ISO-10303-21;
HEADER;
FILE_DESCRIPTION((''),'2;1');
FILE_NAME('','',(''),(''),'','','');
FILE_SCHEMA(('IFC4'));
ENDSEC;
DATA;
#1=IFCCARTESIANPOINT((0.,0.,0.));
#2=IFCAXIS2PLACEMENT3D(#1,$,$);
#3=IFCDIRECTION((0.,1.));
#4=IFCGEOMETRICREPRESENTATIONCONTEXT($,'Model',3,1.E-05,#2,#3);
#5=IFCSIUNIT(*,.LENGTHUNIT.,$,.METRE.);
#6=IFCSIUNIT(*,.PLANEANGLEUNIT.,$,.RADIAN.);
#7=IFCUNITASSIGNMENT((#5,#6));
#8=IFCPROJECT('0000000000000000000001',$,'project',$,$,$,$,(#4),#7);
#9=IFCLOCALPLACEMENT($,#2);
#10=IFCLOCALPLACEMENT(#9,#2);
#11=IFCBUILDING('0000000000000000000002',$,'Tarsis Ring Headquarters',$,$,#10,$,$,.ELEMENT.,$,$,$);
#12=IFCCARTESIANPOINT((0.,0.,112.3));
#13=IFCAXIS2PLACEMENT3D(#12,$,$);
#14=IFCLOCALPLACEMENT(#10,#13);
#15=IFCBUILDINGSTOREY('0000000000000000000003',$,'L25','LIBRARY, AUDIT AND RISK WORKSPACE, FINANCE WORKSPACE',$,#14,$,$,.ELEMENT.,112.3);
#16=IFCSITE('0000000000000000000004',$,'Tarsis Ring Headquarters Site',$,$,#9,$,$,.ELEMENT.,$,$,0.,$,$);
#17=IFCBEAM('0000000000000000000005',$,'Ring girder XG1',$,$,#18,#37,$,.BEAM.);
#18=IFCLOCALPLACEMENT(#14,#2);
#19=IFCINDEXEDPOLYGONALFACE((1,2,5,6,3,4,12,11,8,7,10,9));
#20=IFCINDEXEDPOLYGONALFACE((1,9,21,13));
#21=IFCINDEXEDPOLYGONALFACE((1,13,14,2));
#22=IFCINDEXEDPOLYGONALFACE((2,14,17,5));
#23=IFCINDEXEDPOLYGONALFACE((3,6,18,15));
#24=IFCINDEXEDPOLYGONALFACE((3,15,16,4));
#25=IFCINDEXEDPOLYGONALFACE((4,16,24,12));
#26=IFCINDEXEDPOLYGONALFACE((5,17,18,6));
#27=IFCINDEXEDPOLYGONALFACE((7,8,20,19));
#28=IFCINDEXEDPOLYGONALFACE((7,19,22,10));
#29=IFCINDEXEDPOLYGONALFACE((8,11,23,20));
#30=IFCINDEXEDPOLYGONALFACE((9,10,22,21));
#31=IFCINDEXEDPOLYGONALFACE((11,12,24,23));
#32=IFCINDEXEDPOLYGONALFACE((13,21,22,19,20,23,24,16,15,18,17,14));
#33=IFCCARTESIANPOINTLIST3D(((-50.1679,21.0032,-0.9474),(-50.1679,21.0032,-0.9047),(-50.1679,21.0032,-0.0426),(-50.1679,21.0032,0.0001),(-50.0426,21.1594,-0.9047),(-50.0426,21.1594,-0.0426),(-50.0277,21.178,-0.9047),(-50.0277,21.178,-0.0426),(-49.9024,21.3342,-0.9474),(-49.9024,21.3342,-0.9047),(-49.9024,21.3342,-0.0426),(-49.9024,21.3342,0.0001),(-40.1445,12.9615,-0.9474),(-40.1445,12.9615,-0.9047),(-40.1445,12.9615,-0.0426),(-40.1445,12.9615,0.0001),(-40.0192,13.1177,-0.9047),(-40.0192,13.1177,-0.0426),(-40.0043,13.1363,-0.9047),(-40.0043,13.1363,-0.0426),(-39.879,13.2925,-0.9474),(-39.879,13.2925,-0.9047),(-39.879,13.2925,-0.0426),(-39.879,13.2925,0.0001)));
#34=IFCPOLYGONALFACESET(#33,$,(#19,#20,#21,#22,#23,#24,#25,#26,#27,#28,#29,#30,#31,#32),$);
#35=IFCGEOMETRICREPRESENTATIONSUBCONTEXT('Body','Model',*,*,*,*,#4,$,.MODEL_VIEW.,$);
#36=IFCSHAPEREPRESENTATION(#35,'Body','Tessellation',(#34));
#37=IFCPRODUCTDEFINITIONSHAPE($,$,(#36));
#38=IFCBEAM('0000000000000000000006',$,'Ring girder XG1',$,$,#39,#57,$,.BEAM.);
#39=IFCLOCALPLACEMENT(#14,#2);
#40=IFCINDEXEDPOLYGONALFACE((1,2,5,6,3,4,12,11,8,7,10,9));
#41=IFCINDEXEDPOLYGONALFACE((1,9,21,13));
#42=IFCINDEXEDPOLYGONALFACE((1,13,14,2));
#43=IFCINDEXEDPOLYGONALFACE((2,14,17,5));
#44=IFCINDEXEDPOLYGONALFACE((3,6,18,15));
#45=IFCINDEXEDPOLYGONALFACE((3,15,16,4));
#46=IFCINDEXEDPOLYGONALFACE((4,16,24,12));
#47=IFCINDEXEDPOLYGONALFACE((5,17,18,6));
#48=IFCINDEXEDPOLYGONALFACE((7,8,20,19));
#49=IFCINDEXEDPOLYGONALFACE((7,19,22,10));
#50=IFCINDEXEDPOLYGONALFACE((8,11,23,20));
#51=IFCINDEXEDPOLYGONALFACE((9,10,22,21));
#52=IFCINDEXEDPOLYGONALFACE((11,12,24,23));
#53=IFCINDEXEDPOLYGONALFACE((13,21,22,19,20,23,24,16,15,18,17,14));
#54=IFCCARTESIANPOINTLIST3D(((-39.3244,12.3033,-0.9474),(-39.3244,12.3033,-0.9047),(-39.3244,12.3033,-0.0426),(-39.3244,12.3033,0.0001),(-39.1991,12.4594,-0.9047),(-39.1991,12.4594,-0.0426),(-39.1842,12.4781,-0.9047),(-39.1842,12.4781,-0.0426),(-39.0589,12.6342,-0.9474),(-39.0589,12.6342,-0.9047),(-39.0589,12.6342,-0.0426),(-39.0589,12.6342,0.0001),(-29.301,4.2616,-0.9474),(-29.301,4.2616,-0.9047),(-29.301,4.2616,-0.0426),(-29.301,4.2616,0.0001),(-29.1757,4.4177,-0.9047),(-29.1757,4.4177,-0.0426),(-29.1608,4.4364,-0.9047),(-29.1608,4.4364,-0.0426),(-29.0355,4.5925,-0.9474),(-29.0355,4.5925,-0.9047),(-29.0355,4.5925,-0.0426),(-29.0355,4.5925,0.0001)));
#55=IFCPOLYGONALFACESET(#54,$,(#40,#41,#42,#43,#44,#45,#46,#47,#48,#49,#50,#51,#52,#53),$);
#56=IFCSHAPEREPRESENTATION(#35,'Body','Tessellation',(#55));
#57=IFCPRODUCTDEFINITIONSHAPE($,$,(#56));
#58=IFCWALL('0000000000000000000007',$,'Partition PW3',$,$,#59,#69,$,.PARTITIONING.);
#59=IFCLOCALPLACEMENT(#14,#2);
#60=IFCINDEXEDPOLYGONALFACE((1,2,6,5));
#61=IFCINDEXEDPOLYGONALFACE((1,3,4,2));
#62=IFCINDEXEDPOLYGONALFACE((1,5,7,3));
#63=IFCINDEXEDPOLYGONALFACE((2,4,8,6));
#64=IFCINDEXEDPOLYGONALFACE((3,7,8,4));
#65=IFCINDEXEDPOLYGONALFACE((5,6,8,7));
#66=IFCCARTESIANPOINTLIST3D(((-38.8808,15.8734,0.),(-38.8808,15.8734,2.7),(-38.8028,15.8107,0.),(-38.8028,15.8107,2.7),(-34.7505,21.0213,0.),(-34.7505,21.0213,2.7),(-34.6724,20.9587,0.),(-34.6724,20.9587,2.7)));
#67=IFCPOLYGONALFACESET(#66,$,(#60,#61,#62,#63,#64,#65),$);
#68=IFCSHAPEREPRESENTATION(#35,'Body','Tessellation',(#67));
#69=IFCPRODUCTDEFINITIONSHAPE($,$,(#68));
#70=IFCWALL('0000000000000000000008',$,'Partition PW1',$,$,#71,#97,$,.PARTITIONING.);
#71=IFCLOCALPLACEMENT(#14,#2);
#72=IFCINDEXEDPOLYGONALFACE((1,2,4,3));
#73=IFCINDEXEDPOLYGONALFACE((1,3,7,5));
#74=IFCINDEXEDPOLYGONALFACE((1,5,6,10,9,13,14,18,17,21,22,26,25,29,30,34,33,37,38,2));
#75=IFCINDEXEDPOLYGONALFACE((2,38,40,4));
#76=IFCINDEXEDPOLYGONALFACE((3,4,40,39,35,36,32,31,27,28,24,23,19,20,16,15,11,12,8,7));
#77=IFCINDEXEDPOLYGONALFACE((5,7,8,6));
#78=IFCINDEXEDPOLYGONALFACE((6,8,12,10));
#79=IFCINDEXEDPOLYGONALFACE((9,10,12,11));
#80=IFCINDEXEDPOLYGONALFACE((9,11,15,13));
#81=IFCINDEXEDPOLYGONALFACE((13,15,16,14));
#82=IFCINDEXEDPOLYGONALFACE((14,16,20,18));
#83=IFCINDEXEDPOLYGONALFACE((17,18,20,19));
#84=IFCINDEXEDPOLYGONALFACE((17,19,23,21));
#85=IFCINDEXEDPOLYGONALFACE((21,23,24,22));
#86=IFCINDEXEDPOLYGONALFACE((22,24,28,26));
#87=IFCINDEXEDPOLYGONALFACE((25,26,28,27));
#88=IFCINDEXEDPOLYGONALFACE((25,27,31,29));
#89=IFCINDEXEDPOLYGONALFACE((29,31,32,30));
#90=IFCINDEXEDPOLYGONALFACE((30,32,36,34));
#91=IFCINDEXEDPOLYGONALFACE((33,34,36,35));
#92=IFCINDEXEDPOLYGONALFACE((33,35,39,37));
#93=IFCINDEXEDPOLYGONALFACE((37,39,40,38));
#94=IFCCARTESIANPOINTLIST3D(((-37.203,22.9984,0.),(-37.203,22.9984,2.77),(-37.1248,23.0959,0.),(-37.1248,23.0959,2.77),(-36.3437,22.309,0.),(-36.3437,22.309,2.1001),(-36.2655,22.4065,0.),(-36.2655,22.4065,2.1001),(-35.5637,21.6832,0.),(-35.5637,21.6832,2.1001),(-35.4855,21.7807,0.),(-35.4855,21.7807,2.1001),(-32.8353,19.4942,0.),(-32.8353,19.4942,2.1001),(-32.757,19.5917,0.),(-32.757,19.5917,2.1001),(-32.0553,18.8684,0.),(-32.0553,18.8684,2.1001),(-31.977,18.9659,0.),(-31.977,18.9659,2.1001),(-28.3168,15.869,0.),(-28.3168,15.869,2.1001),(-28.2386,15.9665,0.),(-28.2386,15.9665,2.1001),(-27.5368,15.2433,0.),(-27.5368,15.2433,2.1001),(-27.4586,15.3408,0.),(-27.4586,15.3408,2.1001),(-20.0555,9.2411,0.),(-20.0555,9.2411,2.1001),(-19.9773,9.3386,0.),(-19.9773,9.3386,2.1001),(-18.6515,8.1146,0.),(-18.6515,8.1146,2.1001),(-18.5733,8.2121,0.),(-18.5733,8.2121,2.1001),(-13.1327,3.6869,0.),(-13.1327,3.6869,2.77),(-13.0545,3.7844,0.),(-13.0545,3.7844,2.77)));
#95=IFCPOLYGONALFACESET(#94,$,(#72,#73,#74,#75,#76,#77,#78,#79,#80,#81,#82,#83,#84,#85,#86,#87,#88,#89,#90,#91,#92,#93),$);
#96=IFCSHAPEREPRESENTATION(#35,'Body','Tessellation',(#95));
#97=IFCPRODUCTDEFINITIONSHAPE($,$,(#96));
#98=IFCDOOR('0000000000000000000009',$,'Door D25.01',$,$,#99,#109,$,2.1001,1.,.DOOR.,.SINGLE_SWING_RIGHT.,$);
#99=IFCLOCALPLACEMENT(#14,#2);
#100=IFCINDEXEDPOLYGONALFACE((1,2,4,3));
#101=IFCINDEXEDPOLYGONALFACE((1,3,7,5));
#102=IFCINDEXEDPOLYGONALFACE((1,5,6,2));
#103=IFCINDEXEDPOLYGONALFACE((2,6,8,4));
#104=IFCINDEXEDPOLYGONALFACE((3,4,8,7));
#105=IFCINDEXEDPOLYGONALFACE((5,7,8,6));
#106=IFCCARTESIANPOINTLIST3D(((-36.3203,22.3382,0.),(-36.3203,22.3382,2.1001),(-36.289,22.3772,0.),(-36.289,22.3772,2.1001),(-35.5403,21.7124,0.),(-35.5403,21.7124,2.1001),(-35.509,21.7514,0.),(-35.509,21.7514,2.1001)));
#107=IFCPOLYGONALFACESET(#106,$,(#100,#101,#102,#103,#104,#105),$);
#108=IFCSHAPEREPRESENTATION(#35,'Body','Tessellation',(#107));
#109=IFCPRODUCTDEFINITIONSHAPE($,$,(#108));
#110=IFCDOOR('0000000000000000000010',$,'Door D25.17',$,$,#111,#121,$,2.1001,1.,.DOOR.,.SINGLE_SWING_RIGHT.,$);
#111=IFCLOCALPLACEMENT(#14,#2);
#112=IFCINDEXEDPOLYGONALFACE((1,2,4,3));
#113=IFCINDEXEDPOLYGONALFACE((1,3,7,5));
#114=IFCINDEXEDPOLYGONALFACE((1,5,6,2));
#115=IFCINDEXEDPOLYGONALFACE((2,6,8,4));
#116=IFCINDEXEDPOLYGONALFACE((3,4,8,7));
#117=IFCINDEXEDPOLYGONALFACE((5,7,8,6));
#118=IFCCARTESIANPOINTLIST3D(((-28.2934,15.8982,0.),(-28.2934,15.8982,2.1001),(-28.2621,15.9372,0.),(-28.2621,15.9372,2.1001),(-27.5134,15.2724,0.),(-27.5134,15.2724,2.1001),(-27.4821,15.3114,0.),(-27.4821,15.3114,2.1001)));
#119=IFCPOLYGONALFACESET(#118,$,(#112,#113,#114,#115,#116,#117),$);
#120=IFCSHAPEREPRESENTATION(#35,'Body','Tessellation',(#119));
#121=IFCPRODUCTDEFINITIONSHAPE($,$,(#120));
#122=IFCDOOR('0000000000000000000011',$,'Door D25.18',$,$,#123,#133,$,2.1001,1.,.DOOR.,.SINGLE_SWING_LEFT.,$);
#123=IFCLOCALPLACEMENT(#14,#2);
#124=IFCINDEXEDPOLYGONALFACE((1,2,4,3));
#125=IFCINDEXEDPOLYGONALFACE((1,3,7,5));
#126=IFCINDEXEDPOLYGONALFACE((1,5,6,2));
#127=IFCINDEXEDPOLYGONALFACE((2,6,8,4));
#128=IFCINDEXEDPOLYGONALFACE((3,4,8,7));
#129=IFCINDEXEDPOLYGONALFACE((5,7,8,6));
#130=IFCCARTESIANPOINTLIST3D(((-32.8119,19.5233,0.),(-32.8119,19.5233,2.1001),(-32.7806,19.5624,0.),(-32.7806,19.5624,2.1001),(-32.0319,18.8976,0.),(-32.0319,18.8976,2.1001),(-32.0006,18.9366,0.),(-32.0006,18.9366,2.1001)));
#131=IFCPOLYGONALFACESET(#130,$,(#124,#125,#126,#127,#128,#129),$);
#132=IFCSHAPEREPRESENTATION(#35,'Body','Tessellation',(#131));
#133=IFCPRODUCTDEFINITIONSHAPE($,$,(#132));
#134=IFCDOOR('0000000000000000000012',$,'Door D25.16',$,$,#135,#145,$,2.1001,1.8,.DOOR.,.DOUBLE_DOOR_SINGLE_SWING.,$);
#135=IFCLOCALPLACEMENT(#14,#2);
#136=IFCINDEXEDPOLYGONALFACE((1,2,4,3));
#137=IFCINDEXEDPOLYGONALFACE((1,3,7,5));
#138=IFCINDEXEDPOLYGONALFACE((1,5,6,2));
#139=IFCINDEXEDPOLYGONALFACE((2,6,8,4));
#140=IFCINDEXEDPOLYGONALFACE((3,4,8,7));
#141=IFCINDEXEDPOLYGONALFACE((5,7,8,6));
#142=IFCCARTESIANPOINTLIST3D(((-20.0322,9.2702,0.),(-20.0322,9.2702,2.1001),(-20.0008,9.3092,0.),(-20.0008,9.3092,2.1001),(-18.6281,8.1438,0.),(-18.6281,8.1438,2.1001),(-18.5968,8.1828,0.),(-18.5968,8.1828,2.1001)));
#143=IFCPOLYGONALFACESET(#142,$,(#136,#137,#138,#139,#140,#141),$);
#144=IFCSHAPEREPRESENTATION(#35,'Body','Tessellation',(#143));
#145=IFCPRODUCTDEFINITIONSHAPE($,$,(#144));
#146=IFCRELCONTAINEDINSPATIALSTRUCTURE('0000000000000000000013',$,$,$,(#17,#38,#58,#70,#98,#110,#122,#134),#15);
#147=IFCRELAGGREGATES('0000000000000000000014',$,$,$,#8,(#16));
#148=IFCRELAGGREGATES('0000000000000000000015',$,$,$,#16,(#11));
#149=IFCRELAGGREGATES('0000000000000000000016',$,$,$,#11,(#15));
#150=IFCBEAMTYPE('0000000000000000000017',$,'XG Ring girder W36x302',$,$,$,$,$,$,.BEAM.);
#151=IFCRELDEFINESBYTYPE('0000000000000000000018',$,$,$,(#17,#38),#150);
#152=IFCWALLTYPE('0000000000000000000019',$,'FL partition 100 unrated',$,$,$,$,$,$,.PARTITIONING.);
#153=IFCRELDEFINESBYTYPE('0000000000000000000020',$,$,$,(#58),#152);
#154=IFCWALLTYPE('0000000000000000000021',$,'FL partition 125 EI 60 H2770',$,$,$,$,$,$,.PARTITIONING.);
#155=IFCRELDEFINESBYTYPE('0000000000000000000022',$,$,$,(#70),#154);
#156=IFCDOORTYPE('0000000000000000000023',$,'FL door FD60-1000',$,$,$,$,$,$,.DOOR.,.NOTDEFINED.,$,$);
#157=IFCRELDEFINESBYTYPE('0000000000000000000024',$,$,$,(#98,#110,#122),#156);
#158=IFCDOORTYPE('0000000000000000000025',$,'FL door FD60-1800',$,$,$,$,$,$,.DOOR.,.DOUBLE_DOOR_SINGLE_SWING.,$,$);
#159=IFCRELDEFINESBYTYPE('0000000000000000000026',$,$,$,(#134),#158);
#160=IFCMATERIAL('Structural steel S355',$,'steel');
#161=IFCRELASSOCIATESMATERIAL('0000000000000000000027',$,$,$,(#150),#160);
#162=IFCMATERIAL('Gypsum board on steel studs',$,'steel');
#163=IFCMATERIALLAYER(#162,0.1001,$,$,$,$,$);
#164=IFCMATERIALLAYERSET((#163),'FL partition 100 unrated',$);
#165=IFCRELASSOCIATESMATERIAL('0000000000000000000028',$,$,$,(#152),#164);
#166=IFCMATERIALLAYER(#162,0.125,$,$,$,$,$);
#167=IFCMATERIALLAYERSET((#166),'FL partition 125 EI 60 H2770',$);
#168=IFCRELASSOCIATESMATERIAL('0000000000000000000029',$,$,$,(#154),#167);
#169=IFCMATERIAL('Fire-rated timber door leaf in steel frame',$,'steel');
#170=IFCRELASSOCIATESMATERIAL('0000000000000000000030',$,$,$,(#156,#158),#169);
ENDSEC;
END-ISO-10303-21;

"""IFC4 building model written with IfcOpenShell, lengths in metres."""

from ifc_helpers import new_model, si_unit, direction, frame, frame_2d, origin, origin_2d, place, context, subcontext, project, spatial, rectangle, i_section, extrude, material, layer, layer_set, material_profile, profile_set, type_object, element, fill, save


model = new_model("IFC4")

# Units and contexts
model_context = context("Model", 3, precision=1e-05, world=origin(), true_north=direction((0.0, 1.0)))
body_context = subcontext(model_context, "Body", "Model", "MODEL_VIEW")
ifc_project = project(units=[si_unit("LENGTHUNIT", "METRE"), si_unit("PLANEANGLEUNIT", "RADIAN")], contexts=[model_context])

# Site, building, storey
site_placement = place(None, origin())
site = spatial("IfcSite", under=ifc_project, at=site_placement, Name="Tarsis Ring Headquarters Site", CompositionType="ELEMENT", RefElevation=0.0)
building_placement = place(site_placement, origin())
building = spatial("IfcBuilding", under=site, at=building_placement, Name="Tarsis Ring Headquarters", CompositionType="ELEMENT")
storey_placement = place(building_placement, frame((0.0, 0.0, 112.3)))
storey = spatial("IfcBuildingStorey", under=building, at=storey_placement, Name="L25", Description="LIBRARY, AUDIT AND RISK WORKSPACE, FINANCE WORKSPACE", CompositionType="ELEMENT", Elevation=112.3)

# Shared definitions
ifc_material_1 = material(Name="Structural steel S355", Category="steel")

# Beams
ifc_material_profile_1 = material_profile(ifc_material_1, i_section(OverallWidth=0.4243, OverallDepth=0.9475, WebThickness=0.0239, FlangeThickness=0.0427, at=origin_2d()), Name="W36x302")
ifc_profile_set_1 = profile_set([ifc_material_profile_1], Name="Structural steel S355")
beam_type = type_object("IfcBeamType", Name="XG Ring girder W36x302", PredefinedType="BEAM", material=ifc_profile_set_1)
for number, where, z_axis, x_axis, name in (
    (1, (-50.0352, 21.1687, -0.4736), (0.779995, -0.625786, 0.0), (0.625786, 0.779995, 0.0), "Ring girder XG1"),
    (2, (-39.1917, 12.4688, -0.4736), (0.779995, -0.625786, 0.0), (0.625786, 0.779995, 0.0), "Ring girder XG1"),
):
    element("IfcBeam", number, at=place(storey_placement, frame(where, z_axis=z_axis, x_axis=x_axis)), inside=storey, type_object=beam_type, Name=name, PredefinedType="BEAM", context=body_context, shape_type="SweptSolid", body=[
        extrude(i_section(OverallWidth=0.4243, OverallDepth=0.9475, WebThickness=0.0239, FlangeThickness=0.0427, at=origin_2d()), origin(), (0.0, 0.0, 1.0), 12.8506),
    ])

# Wall
ifc_material_2 = material(Name="Gypsum board on steel studs", Category="steel")
ifc_layer_1 = layer(ifc_material_2, 0.1001)
ifc_layer_set_1 = layer_set([ifc_layer_1], Name="FL partition 100 unrated")
wall_type_1 = type_object("IfcWallType", Name="FL partition 100 unrated", PredefinedType="PARTITIONING", material=ifc_layer_set_1)
wall_1_placement = place(storey_placement, frame((-38.8418, 15.842, 0.0), z_axis=(0.0, 0.0, 1.0), x_axis=(0.625804, 0.77998, 0.0)))
element("IfcWall", 3, at=wall_1_placement, inside=storey, type_object=wall_type_1, Name="Partition PW3", PredefinedType="PARTITIONING", context=body_context, shape_type="SweptSolid", body=[
    extrude(rectangle(XDim=6.6001, YDim=0.1001, at=frame_2d((3.3, 0.0))), origin(), (0.0, 0.0, 1.0), 2.7),
])

# Wall, openings, doors
ifc_layer_2 = layer(ifc_material_2, 0.125)
ifc_layer_set_2 = layer_set([ifc_layer_2], Name="FL partition 125 EI 60 H2770")
wall_type_2 = type_object("IfcWallType", Name="FL partition 125 EI 60 H2770", PredefinedType="PARTITIONING", material=ifc_layer_set_2)
wall_2_placement = place(storey_placement, frame((-37.1638, 23.0471, 0.0), z_axis=(0.0, 0.0, 1.0), x_axis=(0.779994, -0.625787, 0.0)))
wall_2 = element("IfcWall", 4, at=wall_2_placement, inside=storey, type_object=wall_type_2, Name="Partition PW1", PredefinedType="PARTITIONING", context=body_context, shape_type="SweptSolid", body=[
    extrude(rectangle(XDim=30.8596, YDim=0.125, at=frame_2d((15.4297, 0.0))), origin(), (0.0, 0.0, 1.0), 2.77),
])
opening_1_placement = place(wall_2_placement, frame((1.1016, 0.0, 0.0)))
opening_1 = element("IfcOpeningElement", 5, at=opening_1_placement, cuts=wall_2, PredefinedType="OPENING", context=body_context, shape_type="SweptSolid", body=[
    extrude(rectangle(XDim=1.0, YDim=2.1001, at=frame_2d((0.5, 1.05))), frame((0.0, 0.0725, 0.0), z_axis=(0.0, -1.0, 0.0), x_axis=(1.0, 0.0, 0.0)), (0.0, 0.0, 1.0), 0.145),
])
opening_2_placement = place(wall_2_placement, frame((21.9841, 0.0, 0.0)))
opening_2 = element("IfcOpeningElement", 6, at=opening_2_placement, cuts=wall_2, PredefinedType="OPENING", context=body_context, shape_type="SweptSolid", body=[
    extrude(rectangle(XDim=1.8, YDim=2.1001, at=frame_2d((0.8999, 1.05))), frame((0.0, 0.0725, 0.0), z_axis=(0.0, -1.0, 0.0), x_axis=(1.0, 0.0, 0.0)), (0.0, 0.0, 1.0), 0.145),
])
opening_3_placement = place(wall_2_placement, frame((11.3926, 0.0, 0.0)))
opening_3 = element("IfcOpeningElement", 7, at=opening_3_placement, cuts=wall_2, PredefinedType="OPENING", context=body_context, shape_type="SweptSolid", body=[
    extrude(rectangle(XDim=1.0, YDim=2.1001, at=frame_2d((0.5, 1.05))), frame((0.0, 0.0725, 0.0), z_axis=(0.0, -1.0, 0.0), x_axis=(1.0, 0.0, 0.0)), (0.0, 0.0, 1.0), 0.145),
])
opening_4_placement = place(wall_2_placement, frame((5.5996, 0.0, 0.0)))
opening_4 = element("IfcOpeningElement", 8, at=opening_4_placement, cuts=wall_2, PredefinedType="OPENING", context=body_context, shape_type="SweptSolid", body=[
    extrude(rectangle(XDim=1.0, YDim=2.1001, at=frame_2d((0.5, 1.05))), frame((0.0, 0.0725, 0.0), z_axis=(0.0, -1.0, 0.0), x_axis=(1.0, 0.0, 0.0)), (0.0, 0.0, 1.0), 0.145),
])
ifc_material_3 = material(Name="Fire-rated timber door leaf in steel frame", Category="steel")
door_type_1 = type_object("IfcDoorType", Name="FL door FD60-1000", OperationType="NOTDEFINED", PredefinedType="DOOR", material=ifc_material_3)
door_1_placement = place(opening_1_placement, origin())
door_1 = element("IfcDoor", 9, at=door_1_placement, inside=storey, type_object=door_type_1, Name="Door D25.01", OperationType="SINGLE_SWING_RIGHT", OverallHeight=2.1001, OverallWidth=1.0, PredefinedType="DOOR", context=body_context, shape_type="SweptSolid", body=[
    extrude(rectangle(XDim=1.0, YDim=2.1001, at=frame_2d((0.5, 1.05))), frame((0.0, 0.0249, 0.0), z_axis=(0.0, -1.0, 0.0), x_axis=(1.0, 0.0, 0.0)), (0.0, 0.0, 1.0), 0.05),
])
fill(opening_1, door_1)
door_2_placement = place(opening_3_placement, origin())
door_2 = element("IfcDoor", 10, at=door_2_placement, inside=storey, type_object=door_type_1, Name="Door D25.17", OperationType="SINGLE_SWING_RIGHT", OverallHeight=2.1001, OverallWidth=1.0, PredefinedType="DOOR", context=body_context, shape_type="SweptSolid", body=[
    extrude(rectangle(XDim=1.0, YDim=2.1001, at=frame_2d((0.5, 1.05))), frame((0.0, 0.0249, 0.0), z_axis=(0.0, -1.0, 0.0), x_axis=(1.0, 0.0, 0.0)), (0.0, 0.0, 1.0), 0.05),
])
fill(opening_3, door_2)
door_3_placement = place(opening_4_placement, origin())
door_3 = element("IfcDoor", 11, at=door_3_placement, inside=storey, type_object=door_type_1, Name="Door D25.18", OperationType="SINGLE_SWING_LEFT", OverallHeight=2.1001, OverallWidth=1.0, PredefinedType="DOOR", context=body_context, shape_type="SweptSolid", body=[
    extrude(rectangle(XDim=1.0, YDim=2.1001, at=frame_2d((0.5, 1.05))), frame((0.0, 0.0249, 0.0), z_axis=(0.0, -1.0, 0.0), x_axis=(1.0, 0.0, 0.0)), (0.0, 0.0, 1.0), 0.05),
])
fill(opening_4, door_3)
door_type_2 = type_object("IfcDoorType", Name="FL door FD60-1800", OperationType="DOUBLE_DOOR_SINGLE_SWING", PredefinedType="DOOR", material=ifc_material_3)
door_4_placement = place(opening_2_placement, origin())
door_4 = element("IfcDoor", 12, at=door_4_placement, inside=storey, type_object=door_type_2, Name="Door D25.16", OperationType="DOUBLE_DOOR_SINGLE_SWING", OverallHeight=2.1001, OverallWidth=1.8, PredefinedType="DOOR", context=body_context, shape_type="SweptSolid", body=[
    extrude(rectangle(XDim=1.8, YDim=2.1001, at=frame_2d((0.8999, 1.05))), frame((0.0, 0.0249, 0.0), z_axis=(0.0, -1.0, 0.0), x_axis=(1.0, 0.0, 0.0)), (0.0, 0.0, 1.0), 0.05),
])
fill(opening_2, door_4)

save(model, "model.ifc")
